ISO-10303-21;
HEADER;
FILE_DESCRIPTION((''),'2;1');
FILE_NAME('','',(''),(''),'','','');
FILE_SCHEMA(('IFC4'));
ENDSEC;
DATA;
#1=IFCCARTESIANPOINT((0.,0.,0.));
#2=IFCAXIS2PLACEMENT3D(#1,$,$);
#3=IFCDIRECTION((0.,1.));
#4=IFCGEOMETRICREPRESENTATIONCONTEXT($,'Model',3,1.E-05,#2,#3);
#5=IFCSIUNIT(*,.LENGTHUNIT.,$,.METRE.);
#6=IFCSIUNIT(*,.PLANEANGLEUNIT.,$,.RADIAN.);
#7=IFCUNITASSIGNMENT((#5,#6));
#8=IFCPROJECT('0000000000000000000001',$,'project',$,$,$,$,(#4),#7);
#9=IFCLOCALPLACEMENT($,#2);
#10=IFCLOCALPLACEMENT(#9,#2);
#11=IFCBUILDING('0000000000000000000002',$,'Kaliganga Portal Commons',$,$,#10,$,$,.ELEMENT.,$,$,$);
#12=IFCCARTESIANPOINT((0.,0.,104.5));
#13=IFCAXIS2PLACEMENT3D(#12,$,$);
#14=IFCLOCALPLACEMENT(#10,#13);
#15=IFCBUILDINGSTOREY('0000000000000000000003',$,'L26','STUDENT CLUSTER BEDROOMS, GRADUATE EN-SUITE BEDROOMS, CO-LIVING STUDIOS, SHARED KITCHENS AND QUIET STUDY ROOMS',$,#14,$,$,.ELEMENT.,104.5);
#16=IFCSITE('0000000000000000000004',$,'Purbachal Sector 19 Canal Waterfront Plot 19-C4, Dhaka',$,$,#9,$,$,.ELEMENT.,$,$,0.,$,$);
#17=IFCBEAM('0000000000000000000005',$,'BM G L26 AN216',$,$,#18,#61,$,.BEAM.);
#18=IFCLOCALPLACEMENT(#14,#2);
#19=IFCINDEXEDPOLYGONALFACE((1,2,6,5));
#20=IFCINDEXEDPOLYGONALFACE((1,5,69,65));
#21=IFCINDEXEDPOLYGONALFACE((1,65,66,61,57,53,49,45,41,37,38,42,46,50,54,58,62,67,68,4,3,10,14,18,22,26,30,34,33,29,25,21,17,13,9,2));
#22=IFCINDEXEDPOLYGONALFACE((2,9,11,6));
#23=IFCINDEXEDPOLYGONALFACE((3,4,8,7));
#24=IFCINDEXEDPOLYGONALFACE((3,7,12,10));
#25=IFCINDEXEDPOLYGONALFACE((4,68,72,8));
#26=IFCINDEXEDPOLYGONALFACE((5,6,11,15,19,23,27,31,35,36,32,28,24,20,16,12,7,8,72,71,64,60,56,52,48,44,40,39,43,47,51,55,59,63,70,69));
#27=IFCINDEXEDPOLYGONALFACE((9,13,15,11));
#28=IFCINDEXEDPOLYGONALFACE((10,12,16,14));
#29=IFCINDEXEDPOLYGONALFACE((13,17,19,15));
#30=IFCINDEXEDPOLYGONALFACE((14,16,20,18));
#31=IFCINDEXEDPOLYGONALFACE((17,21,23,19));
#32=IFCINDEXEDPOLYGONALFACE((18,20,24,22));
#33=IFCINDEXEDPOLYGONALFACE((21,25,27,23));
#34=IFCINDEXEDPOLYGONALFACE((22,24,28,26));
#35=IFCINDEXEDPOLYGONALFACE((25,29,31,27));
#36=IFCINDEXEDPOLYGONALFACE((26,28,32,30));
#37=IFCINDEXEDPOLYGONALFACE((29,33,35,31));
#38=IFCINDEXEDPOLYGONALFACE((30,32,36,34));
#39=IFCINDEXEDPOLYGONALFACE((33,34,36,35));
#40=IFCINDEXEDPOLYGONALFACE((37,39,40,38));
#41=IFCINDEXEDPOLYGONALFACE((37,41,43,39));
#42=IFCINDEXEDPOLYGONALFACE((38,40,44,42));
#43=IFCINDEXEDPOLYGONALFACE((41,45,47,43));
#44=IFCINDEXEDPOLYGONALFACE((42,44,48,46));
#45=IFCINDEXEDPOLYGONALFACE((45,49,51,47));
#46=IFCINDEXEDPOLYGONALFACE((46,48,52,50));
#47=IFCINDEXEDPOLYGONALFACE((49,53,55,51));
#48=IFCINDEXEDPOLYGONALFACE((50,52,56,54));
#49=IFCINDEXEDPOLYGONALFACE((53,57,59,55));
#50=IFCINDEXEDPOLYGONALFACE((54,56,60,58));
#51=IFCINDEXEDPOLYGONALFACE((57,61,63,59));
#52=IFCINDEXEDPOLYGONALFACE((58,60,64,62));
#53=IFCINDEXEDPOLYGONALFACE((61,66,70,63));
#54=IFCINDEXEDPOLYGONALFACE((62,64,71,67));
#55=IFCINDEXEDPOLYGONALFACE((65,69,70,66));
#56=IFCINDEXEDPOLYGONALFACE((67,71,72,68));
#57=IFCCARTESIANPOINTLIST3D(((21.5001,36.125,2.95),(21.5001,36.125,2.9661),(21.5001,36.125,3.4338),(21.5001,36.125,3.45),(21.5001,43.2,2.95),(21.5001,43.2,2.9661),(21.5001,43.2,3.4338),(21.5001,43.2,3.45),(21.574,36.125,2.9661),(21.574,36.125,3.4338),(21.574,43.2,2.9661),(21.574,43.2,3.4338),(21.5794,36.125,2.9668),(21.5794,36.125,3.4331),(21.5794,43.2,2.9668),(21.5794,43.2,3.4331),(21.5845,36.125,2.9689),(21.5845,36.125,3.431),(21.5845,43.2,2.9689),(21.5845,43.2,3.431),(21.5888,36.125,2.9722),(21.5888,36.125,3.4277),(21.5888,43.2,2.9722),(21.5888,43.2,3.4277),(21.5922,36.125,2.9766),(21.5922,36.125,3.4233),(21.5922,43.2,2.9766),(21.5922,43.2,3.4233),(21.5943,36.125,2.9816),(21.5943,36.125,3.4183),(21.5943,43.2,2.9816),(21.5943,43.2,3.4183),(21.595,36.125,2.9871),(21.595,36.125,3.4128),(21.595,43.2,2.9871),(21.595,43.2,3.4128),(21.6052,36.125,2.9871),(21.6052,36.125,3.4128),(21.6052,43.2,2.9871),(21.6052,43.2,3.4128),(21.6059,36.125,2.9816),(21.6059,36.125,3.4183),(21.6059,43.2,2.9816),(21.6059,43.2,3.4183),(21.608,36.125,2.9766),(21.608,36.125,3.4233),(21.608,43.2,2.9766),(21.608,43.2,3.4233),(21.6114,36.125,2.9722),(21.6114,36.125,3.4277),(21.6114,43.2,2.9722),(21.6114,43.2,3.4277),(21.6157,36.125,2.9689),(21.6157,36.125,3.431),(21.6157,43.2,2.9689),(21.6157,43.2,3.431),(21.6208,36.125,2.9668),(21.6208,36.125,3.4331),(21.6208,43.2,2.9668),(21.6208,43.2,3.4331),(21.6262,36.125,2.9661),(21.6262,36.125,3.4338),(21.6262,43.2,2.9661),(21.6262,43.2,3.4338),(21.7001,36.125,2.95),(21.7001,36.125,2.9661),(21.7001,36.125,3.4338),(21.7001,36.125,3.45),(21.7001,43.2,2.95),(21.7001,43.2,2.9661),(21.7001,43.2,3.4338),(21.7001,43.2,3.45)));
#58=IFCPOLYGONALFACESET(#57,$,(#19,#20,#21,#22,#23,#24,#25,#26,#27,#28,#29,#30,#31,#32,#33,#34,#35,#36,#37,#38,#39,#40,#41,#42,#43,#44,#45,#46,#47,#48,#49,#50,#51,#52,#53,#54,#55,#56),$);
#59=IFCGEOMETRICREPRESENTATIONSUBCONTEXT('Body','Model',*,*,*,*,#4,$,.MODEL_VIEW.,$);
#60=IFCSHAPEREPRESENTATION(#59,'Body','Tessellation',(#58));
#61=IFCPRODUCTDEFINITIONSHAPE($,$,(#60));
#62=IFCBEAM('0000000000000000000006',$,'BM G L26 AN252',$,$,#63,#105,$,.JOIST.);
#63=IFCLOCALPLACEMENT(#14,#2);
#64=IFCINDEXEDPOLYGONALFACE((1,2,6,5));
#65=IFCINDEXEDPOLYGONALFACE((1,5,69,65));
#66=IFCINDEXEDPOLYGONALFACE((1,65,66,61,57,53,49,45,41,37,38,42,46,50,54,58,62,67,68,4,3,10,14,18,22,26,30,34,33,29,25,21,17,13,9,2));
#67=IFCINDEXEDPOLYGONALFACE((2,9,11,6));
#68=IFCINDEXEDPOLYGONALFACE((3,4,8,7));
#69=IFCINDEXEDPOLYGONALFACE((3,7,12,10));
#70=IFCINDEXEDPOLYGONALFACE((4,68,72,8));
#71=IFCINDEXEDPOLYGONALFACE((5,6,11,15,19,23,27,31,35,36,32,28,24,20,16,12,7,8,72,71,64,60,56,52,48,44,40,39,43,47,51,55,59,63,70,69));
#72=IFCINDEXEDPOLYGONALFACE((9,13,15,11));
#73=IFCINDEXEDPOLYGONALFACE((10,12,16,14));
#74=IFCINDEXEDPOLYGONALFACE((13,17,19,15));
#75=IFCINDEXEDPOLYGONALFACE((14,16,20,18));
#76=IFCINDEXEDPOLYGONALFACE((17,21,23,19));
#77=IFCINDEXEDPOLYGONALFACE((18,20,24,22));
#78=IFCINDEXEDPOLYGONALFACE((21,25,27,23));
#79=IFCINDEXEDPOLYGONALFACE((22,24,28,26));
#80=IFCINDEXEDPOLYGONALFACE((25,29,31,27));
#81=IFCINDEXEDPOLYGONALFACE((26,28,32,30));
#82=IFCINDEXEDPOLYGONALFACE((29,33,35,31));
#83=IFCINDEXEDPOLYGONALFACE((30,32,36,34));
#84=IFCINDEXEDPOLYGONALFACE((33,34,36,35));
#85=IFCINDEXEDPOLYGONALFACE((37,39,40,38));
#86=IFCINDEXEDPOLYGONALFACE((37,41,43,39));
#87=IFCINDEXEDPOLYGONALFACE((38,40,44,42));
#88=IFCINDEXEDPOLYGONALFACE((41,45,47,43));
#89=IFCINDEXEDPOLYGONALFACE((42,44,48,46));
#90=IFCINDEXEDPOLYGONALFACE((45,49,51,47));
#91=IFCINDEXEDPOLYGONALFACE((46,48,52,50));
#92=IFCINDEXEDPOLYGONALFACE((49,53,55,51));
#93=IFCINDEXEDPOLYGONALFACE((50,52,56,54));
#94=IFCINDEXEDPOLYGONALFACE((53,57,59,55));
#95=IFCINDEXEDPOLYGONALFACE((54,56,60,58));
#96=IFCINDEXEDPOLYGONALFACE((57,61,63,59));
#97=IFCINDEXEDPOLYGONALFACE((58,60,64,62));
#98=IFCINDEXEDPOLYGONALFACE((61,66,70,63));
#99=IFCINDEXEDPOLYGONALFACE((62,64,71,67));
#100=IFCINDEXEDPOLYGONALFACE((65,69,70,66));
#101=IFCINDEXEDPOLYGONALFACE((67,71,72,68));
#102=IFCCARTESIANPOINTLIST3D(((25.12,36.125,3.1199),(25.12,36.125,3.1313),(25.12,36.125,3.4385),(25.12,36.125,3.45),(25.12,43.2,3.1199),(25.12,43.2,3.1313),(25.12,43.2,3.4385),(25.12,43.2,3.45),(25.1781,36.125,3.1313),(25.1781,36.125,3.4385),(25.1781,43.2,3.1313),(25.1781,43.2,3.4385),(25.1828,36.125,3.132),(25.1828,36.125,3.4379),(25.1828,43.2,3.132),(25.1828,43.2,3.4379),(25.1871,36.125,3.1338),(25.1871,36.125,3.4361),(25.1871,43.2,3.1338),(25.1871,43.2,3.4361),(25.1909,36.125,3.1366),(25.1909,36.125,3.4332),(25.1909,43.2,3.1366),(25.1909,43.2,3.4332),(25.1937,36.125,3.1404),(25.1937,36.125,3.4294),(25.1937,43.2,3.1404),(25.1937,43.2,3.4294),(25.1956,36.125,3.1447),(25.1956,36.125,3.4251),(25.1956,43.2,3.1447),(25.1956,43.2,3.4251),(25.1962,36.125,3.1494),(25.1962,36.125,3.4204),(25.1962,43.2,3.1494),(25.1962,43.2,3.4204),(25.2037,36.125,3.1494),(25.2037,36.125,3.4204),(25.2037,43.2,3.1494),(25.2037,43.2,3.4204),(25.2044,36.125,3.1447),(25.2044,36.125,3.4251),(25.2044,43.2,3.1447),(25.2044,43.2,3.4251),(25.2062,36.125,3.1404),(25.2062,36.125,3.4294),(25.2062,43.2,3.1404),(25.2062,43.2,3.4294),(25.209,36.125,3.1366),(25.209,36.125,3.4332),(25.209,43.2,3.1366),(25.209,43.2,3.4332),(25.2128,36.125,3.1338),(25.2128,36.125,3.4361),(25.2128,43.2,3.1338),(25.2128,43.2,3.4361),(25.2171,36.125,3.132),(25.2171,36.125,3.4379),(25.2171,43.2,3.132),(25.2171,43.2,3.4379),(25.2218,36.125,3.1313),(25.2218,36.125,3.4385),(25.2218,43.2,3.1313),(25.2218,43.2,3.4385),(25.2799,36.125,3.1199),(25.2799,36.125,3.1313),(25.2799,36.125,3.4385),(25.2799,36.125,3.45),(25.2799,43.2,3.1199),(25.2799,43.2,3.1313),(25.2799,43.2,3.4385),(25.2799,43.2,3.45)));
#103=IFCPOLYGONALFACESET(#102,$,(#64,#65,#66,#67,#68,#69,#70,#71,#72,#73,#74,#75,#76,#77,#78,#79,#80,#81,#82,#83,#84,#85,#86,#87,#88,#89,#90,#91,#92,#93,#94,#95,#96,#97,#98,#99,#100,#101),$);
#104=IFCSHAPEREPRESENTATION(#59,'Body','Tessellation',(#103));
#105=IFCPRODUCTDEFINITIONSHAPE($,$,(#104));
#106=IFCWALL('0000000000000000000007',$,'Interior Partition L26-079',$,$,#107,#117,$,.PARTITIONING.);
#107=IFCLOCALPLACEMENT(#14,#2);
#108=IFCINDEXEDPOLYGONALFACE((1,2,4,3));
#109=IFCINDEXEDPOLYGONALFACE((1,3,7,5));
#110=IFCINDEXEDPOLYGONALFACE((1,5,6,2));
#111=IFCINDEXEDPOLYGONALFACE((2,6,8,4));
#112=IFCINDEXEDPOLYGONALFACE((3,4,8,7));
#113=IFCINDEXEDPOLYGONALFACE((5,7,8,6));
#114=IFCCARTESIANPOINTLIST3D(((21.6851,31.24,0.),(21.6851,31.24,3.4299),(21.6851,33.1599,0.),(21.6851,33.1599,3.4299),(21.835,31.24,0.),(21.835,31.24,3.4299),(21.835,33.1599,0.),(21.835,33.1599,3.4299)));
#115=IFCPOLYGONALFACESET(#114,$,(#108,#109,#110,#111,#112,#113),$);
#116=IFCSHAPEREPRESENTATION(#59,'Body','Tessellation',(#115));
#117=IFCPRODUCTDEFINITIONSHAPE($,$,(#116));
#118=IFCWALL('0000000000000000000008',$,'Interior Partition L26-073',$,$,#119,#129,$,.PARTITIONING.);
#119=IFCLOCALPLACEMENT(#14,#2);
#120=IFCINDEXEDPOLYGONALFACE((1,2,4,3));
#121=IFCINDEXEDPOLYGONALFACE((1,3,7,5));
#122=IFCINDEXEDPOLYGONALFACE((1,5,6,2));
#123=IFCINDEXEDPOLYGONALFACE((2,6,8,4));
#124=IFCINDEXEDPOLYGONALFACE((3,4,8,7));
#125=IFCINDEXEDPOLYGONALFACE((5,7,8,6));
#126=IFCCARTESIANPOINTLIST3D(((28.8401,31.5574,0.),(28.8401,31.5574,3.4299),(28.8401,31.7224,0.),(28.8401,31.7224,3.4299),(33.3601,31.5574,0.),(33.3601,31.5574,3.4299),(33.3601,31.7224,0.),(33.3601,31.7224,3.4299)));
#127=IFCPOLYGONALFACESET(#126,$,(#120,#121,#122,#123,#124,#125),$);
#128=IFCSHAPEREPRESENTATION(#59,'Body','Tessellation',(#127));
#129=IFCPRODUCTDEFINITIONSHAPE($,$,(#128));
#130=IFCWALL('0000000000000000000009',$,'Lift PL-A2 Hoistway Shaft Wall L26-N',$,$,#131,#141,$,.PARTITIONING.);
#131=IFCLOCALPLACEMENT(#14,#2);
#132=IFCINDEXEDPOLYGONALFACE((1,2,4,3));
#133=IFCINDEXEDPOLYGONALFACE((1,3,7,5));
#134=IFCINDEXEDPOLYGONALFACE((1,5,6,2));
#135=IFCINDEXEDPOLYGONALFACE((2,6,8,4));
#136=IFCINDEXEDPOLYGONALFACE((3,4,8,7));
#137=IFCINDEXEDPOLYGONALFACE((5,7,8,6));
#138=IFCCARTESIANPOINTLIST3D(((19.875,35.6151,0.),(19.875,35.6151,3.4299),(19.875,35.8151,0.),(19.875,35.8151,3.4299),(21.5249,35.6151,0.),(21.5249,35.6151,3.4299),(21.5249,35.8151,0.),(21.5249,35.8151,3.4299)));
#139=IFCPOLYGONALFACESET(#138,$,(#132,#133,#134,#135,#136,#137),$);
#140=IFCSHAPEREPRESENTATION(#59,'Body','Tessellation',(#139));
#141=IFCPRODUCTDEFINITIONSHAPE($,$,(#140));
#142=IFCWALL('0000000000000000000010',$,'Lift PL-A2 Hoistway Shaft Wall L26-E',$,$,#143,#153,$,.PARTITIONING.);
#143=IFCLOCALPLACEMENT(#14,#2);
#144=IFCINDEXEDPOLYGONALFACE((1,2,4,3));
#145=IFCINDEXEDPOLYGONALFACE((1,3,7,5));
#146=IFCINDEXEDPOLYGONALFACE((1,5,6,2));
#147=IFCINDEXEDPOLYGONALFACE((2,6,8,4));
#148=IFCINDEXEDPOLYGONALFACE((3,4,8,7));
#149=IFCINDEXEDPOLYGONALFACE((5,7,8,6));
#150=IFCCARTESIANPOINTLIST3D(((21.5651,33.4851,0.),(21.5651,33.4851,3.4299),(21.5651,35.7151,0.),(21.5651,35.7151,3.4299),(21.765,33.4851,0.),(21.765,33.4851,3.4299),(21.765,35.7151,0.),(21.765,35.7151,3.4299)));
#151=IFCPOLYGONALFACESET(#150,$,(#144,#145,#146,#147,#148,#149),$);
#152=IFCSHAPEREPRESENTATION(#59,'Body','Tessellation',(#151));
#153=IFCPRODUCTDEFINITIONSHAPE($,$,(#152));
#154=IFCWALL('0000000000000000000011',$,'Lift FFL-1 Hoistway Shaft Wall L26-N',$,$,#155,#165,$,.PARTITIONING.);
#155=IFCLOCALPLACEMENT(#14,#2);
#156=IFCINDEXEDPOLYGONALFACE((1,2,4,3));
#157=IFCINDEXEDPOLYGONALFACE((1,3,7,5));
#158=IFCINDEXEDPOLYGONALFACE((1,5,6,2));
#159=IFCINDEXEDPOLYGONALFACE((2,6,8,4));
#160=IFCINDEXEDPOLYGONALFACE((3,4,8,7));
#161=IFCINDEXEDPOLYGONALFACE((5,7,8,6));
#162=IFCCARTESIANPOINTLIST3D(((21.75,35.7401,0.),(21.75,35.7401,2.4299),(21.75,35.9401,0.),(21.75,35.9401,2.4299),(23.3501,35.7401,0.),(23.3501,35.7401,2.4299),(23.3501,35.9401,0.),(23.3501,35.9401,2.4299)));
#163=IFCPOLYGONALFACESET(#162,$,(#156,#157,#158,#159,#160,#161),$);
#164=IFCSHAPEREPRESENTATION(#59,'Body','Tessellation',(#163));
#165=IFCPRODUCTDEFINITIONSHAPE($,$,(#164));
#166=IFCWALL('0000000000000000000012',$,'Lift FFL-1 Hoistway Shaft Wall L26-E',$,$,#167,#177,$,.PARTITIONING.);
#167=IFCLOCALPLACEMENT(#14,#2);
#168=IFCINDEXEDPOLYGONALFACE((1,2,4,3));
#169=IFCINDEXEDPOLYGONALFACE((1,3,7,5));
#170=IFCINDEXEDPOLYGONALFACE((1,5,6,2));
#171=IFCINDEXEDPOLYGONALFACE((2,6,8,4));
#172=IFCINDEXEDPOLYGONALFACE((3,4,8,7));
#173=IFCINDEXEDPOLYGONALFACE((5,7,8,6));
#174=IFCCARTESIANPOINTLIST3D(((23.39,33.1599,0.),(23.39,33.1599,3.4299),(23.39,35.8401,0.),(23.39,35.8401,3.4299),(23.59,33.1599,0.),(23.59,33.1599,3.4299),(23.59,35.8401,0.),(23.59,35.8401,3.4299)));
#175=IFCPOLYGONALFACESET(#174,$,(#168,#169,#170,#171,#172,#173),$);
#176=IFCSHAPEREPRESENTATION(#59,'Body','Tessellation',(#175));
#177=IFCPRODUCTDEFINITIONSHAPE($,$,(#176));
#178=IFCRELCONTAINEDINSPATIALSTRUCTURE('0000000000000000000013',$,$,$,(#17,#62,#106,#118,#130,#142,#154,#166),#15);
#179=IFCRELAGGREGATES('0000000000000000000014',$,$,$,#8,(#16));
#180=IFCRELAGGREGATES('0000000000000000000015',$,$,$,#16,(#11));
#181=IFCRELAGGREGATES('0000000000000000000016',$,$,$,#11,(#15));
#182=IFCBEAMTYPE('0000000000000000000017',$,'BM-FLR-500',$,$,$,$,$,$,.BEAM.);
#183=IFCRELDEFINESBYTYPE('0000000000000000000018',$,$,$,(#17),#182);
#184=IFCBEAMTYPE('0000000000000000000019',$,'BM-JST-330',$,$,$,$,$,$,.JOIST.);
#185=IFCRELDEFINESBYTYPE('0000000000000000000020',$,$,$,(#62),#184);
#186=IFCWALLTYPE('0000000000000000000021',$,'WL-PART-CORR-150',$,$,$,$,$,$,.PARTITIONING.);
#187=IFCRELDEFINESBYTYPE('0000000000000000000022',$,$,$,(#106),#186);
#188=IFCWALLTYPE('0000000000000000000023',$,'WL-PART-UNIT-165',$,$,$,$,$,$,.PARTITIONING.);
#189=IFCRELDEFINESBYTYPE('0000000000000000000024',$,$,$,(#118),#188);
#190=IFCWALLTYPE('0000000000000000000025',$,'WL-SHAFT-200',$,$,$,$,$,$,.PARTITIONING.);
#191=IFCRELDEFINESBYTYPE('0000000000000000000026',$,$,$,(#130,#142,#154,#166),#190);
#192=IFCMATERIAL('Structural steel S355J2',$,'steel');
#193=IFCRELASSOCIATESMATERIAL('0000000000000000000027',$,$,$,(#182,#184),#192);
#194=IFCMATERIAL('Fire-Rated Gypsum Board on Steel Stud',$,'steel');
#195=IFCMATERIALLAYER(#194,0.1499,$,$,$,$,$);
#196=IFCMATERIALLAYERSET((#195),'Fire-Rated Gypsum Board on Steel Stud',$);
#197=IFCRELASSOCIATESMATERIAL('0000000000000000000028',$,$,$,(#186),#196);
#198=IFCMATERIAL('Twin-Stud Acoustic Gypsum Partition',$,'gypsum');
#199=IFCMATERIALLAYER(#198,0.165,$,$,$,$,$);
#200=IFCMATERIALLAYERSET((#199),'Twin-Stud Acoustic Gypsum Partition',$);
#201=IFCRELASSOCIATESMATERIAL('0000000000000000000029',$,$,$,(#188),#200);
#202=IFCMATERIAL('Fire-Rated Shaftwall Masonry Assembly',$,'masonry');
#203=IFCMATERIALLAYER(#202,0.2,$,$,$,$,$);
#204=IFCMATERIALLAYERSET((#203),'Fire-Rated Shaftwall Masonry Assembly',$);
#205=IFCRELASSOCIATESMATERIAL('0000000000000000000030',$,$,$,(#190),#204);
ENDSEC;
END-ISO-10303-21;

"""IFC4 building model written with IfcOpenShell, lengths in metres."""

from ifc_helpers import new_model, si_unit, direction, frame, frame_2d, origin, origin_2d, place, context, subcontext, project, spatial, rectangle, i_section, extrude, source, transform, mapped, material, layer, layer_set, material_profile, profile_set, type_object, element, save


model = new_model("IFC4")

# Units and contexts
model_context = context("Model", 3, precision=1e-05, world=origin(), true_north=direction((0.0, 1.0)))
body_context = subcontext(model_context, "Body", "Model", "MODEL_VIEW")
ifc_project = project(units=[si_unit("LENGTHUNIT", "METRE"), si_unit("PLANEANGLEUNIT", "RADIAN")], contexts=[model_context])

# Site, building, storey
site_placement = place(None, origin())
site = spatial("IfcSite", under=ifc_project, at=site_placement, Name="Purbachal Sector 19 Canal Waterfront Plot 19-C4, Dhaka", CompositionType="ELEMENT", RefElevation=0.0)
building_placement = place(site_placement, origin())
building = spatial("IfcBuilding", under=site, at=building_placement, Name="Kaliganga Portal Commons", CompositionType="ELEMENT")
storey_placement = place(building_placement, frame((0.0, 0.0, 104.5)))
storey = spatial("IfcBuildingStorey", under=building, at=storey_placement, Name="L26", Description="STUDENT CLUSTER BEDROOMS, GRADUATE EN-SUITE BEDROOMS, CO-LIVING STUDIOS, SHARED KITCHENS AND QUIET STUDY ROOMS", CompositionType="ELEMENT", Elevation=104.5)

# Beams
ifc_material_1 = material(Name="Structural steel S355J2", Category="steel")
ifc_material_profile_1 = material_profile(ifc_material_1, i_section(OverallWidth=0.2, OverallDepth=0.5, WebThickness=0.0103, FlangeThickness=0.0161, FilletRadius=0.021, at=origin_2d()), Name="IPE 500")
ifc_profile_set_1 = profile_set([ifc_material_profile_1], Name="Structural steel S355J2 wide-flange")
beam_type_1 = type_object("IfcBeamType", Name="BM-FLR-500", PredefinedType="BEAM", material=ifc_profile_set_1)
shared_shape_1 = source(origin(), body_context, "Body", "SweptSolid", [
    extrude(i_section(OverallWidth=0.2, OverallDepth=0.5, WebThickness=0.0103, FlangeThickness=0.0161, FilletRadius=0.021, at=origin_2d()), origin(), (0.0, 0.0, 1.0), 7.075),
])
beam_1_placement = place(storey_placement, frame((21.6001, 36.125, 3.2), z_axis=(0.0, 1.0, 0.0), x_axis=(-1.0, 0.0, 0.0)))
element("IfcBeam", 1, at=beam_1_placement, inside=storey, type_object=beam_type_1, Name="BM G L26 AN216", PredefinedType="BEAM", context=body_context, shape_type="MappedRepresentation", body=[
    mapped(shared_shape_1, transform((0.0, 0.0, 0.0), x_axis=(1.0, 0.0, 0.0), y_axis=(0.0, 1.0, 0.0), z_axis=(0.0, 0.0, 1.0), scale=1.0)),
])
ifc_material_profile_2 = material_profile(ifc_material_1, i_section(OverallWidth=0.1599, OverallDepth=0.3301, WebThickness=0.0076, FlangeThickness=0.0115, FilletRadius=0.0181, at=origin_2d()), Name="IPE 330")
ifc_profile_set_2 = profile_set([ifc_material_profile_2], Name="Structural steel S355J2 wide-flange")
beam_type_2 = type_object("IfcBeamType", Name="BM-JST-330", PredefinedType="JOIST", material=ifc_profile_set_2)
shared_shape_2 = source(origin(), body_context, "Body", "SweptSolid", [
    extrude(i_section(OverallWidth=0.1599, OverallDepth=0.3301, WebThickness=0.0076, FlangeThickness=0.0115, FilletRadius=0.0181, at=origin_2d()), origin(), (0.0, 0.0, 1.0), 7.075),
])
beam_2_placement = place(storey_placement, frame((25.2, 36.125, 3.2849), z_axis=(0.0, 1.0, 0.0), x_axis=(-1.0, 0.0, 0.0)))
element("IfcBeam", 2, at=beam_2_placement, inside=storey, type_object=beam_type_2, Name="BM G L26 AN252", PredefinedType="JOIST", context=body_context, shape_type="MappedRepresentation", body=[
    mapped(shared_shape_2, transform((0.0, 0.0, 0.0), x_axis=(1.0, 0.0, 0.0), y_axis=(0.0, 1.0, 0.0), z_axis=(0.0, 0.0, 1.0), scale=1.0)),
])

# Walls
ifc_material_2 = material(Name="Fire-Rated Gypsum Board on Steel Stud", Category="steel")
ifc_layer_1 = layer(ifc_material_2, 0.1499)
ifc_layer_set_1 = layer_set([ifc_layer_1], Name="Fire-Rated Gypsum Board on Steel Stud")
wall_type_1 = type_object("IfcWallType", Name="WL-PART-CORR-150", PredefinedType="PARTITIONING", material=ifc_layer_set_1)
wall_1_placement = place(storey_placement, frame((21.76, 31.24, 0.0), z_axis=(0.0, 0.0, 1.0), x_axis=(0.0, 1.0, 0.0)))
element("IfcWall", 3, at=wall_1_placement, inside=storey, type_object=wall_type_1, Name="Interior Partition L26-079", PredefinedType="PARTITIONING", context=body_context, shape_type="SweptSolid", body=[
    extrude(rectangle(XDim=1.9199, YDim=0.1499, at=frame_2d((0.96, 0.0))), origin(), (0.0, 0.0, 1.0), 3.4299),
])
ifc_material_3 = material(Name="Twin-Stud Acoustic Gypsum Partition", Category="gypsum")
ifc_layer_2 = layer(ifc_material_3, 0.165)
ifc_layer_set_2 = layer_set([ifc_layer_2], Name="Twin-Stud Acoustic Gypsum Partition")
wall_type_2 = type_object("IfcWallType", Name="WL-PART-UNIT-165", PredefinedType="PARTITIONING", material=ifc_layer_set_2)
wall_2_placement = place(storey_placement, frame((28.8401, 31.6399, 0.0), z_axis=(0.0, 0.0, 1.0), x_axis=(1.0, 0.0, 0.0)))
element("IfcWall", 4, at=wall_2_placement, inside=storey, type_object=wall_type_2, Name="Interior Partition L26-073", PredefinedType="PARTITIONING", context=body_context, shape_type="SweptSolid", body=[
    extrude(rectangle(XDim=4.52, YDim=0.165, at=frame_2d((2.26, 0.0))), origin(), (0.0, 0.0, 1.0), 3.4299),
])

# Shared definitions
ifc_material_4 = material(Name="Fire-Rated Shaftwall Masonry Assembly", Category="masonry")
ifc_layer_3 = layer(ifc_material_4, 0.2)
ifc_layer_set_3 = layer_set([ifc_layer_3], Name="Fire-Rated Shaftwall Masonry Assembly")
wall_type_3 = type_object("IfcWallType", Name="WL-SHAFT-200", PredefinedType="PARTITIONING", material=ifc_layer_set_3)

# Walls
wall_3_placement = place(storey_placement, frame((19.875, 35.7151, 0.0), z_axis=(0.0, 0.0, 1.0), x_axis=(1.0, 0.0, 0.0)))
element("IfcWall", 5, at=wall_3_placement, inside=storey, type_object=wall_type_3, Name="Lift PL-A2 Hoistway Shaft Wall L26-N", PredefinedType="PARTITIONING", context=body_context, shape_type="SweptSolid", body=[
    extrude(rectangle(XDim=1.6499, YDim=0.2, at=frame_2d((0.825, 0.0))), origin(), (0.0, 0.0, 1.0), 3.4299),
])
wall_4_placement = place(storey_placement, frame((21.665, 33.4851, 0.0), z_axis=(0.0, 0.0, 1.0), x_axis=(0.0, 1.0, 0.0)))
element("IfcWall", 6, at=wall_4_placement, inside=storey, type_object=wall_type_3, Name="Lift PL-A2 Hoistway Shaft Wall L26-E", PredefinedType="PARTITIONING", context=body_context, shape_type="SweptSolid", body=[
    extrude(rectangle(XDim=2.23, YDim=0.2, at=frame_2d((1.115, 0.0))), origin(), (0.0, 0.0, 1.0), 3.4299),
])

# Walls
wall_5_placement = place(storey_placement, frame((21.75, 35.8401, 0.0), z_axis=(0.0, 0.0, 1.0), x_axis=(1.0, 0.0, 0.0)))
element("IfcWall", 7, at=wall_5_placement, inside=storey, type_object=wall_type_3, Name="Lift FFL-1 Hoistway Shaft Wall L26-N", PredefinedType="PARTITIONING", context=body_context, shape_type="SweptSolid", body=[
    extrude(rectangle(XDim=1.6001, YDim=0.2, at=frame_2d((0.8, 0.0))), origin(), (0.0, 0.0, 1.0), 2.4299),
])
wall_6_placement = place(storey_placement, frame((23.49, 33.1599, 0.0), z_axis=(0.0, 0.0, 1.0), x_axis=(0.0, 1.0, 0.0)))
element("IfcWall", 8, at=wall_6_placement, inside=storey, type_object=wall_type_3, Name="Lift FFL-1 Hoistway Shaft Wall L26-E", PredefinedType="PARTITIONING", context=body_context, shape_type="SweptSolid", body=[
    extrude(rectangle(XDim=2.6802, YDim=0.2, at=frame_2d((1.3401, 0.0))), origin(), (0.0, 0.0, 1.0), 3.4299),
])

save(model, "model.ifc")
